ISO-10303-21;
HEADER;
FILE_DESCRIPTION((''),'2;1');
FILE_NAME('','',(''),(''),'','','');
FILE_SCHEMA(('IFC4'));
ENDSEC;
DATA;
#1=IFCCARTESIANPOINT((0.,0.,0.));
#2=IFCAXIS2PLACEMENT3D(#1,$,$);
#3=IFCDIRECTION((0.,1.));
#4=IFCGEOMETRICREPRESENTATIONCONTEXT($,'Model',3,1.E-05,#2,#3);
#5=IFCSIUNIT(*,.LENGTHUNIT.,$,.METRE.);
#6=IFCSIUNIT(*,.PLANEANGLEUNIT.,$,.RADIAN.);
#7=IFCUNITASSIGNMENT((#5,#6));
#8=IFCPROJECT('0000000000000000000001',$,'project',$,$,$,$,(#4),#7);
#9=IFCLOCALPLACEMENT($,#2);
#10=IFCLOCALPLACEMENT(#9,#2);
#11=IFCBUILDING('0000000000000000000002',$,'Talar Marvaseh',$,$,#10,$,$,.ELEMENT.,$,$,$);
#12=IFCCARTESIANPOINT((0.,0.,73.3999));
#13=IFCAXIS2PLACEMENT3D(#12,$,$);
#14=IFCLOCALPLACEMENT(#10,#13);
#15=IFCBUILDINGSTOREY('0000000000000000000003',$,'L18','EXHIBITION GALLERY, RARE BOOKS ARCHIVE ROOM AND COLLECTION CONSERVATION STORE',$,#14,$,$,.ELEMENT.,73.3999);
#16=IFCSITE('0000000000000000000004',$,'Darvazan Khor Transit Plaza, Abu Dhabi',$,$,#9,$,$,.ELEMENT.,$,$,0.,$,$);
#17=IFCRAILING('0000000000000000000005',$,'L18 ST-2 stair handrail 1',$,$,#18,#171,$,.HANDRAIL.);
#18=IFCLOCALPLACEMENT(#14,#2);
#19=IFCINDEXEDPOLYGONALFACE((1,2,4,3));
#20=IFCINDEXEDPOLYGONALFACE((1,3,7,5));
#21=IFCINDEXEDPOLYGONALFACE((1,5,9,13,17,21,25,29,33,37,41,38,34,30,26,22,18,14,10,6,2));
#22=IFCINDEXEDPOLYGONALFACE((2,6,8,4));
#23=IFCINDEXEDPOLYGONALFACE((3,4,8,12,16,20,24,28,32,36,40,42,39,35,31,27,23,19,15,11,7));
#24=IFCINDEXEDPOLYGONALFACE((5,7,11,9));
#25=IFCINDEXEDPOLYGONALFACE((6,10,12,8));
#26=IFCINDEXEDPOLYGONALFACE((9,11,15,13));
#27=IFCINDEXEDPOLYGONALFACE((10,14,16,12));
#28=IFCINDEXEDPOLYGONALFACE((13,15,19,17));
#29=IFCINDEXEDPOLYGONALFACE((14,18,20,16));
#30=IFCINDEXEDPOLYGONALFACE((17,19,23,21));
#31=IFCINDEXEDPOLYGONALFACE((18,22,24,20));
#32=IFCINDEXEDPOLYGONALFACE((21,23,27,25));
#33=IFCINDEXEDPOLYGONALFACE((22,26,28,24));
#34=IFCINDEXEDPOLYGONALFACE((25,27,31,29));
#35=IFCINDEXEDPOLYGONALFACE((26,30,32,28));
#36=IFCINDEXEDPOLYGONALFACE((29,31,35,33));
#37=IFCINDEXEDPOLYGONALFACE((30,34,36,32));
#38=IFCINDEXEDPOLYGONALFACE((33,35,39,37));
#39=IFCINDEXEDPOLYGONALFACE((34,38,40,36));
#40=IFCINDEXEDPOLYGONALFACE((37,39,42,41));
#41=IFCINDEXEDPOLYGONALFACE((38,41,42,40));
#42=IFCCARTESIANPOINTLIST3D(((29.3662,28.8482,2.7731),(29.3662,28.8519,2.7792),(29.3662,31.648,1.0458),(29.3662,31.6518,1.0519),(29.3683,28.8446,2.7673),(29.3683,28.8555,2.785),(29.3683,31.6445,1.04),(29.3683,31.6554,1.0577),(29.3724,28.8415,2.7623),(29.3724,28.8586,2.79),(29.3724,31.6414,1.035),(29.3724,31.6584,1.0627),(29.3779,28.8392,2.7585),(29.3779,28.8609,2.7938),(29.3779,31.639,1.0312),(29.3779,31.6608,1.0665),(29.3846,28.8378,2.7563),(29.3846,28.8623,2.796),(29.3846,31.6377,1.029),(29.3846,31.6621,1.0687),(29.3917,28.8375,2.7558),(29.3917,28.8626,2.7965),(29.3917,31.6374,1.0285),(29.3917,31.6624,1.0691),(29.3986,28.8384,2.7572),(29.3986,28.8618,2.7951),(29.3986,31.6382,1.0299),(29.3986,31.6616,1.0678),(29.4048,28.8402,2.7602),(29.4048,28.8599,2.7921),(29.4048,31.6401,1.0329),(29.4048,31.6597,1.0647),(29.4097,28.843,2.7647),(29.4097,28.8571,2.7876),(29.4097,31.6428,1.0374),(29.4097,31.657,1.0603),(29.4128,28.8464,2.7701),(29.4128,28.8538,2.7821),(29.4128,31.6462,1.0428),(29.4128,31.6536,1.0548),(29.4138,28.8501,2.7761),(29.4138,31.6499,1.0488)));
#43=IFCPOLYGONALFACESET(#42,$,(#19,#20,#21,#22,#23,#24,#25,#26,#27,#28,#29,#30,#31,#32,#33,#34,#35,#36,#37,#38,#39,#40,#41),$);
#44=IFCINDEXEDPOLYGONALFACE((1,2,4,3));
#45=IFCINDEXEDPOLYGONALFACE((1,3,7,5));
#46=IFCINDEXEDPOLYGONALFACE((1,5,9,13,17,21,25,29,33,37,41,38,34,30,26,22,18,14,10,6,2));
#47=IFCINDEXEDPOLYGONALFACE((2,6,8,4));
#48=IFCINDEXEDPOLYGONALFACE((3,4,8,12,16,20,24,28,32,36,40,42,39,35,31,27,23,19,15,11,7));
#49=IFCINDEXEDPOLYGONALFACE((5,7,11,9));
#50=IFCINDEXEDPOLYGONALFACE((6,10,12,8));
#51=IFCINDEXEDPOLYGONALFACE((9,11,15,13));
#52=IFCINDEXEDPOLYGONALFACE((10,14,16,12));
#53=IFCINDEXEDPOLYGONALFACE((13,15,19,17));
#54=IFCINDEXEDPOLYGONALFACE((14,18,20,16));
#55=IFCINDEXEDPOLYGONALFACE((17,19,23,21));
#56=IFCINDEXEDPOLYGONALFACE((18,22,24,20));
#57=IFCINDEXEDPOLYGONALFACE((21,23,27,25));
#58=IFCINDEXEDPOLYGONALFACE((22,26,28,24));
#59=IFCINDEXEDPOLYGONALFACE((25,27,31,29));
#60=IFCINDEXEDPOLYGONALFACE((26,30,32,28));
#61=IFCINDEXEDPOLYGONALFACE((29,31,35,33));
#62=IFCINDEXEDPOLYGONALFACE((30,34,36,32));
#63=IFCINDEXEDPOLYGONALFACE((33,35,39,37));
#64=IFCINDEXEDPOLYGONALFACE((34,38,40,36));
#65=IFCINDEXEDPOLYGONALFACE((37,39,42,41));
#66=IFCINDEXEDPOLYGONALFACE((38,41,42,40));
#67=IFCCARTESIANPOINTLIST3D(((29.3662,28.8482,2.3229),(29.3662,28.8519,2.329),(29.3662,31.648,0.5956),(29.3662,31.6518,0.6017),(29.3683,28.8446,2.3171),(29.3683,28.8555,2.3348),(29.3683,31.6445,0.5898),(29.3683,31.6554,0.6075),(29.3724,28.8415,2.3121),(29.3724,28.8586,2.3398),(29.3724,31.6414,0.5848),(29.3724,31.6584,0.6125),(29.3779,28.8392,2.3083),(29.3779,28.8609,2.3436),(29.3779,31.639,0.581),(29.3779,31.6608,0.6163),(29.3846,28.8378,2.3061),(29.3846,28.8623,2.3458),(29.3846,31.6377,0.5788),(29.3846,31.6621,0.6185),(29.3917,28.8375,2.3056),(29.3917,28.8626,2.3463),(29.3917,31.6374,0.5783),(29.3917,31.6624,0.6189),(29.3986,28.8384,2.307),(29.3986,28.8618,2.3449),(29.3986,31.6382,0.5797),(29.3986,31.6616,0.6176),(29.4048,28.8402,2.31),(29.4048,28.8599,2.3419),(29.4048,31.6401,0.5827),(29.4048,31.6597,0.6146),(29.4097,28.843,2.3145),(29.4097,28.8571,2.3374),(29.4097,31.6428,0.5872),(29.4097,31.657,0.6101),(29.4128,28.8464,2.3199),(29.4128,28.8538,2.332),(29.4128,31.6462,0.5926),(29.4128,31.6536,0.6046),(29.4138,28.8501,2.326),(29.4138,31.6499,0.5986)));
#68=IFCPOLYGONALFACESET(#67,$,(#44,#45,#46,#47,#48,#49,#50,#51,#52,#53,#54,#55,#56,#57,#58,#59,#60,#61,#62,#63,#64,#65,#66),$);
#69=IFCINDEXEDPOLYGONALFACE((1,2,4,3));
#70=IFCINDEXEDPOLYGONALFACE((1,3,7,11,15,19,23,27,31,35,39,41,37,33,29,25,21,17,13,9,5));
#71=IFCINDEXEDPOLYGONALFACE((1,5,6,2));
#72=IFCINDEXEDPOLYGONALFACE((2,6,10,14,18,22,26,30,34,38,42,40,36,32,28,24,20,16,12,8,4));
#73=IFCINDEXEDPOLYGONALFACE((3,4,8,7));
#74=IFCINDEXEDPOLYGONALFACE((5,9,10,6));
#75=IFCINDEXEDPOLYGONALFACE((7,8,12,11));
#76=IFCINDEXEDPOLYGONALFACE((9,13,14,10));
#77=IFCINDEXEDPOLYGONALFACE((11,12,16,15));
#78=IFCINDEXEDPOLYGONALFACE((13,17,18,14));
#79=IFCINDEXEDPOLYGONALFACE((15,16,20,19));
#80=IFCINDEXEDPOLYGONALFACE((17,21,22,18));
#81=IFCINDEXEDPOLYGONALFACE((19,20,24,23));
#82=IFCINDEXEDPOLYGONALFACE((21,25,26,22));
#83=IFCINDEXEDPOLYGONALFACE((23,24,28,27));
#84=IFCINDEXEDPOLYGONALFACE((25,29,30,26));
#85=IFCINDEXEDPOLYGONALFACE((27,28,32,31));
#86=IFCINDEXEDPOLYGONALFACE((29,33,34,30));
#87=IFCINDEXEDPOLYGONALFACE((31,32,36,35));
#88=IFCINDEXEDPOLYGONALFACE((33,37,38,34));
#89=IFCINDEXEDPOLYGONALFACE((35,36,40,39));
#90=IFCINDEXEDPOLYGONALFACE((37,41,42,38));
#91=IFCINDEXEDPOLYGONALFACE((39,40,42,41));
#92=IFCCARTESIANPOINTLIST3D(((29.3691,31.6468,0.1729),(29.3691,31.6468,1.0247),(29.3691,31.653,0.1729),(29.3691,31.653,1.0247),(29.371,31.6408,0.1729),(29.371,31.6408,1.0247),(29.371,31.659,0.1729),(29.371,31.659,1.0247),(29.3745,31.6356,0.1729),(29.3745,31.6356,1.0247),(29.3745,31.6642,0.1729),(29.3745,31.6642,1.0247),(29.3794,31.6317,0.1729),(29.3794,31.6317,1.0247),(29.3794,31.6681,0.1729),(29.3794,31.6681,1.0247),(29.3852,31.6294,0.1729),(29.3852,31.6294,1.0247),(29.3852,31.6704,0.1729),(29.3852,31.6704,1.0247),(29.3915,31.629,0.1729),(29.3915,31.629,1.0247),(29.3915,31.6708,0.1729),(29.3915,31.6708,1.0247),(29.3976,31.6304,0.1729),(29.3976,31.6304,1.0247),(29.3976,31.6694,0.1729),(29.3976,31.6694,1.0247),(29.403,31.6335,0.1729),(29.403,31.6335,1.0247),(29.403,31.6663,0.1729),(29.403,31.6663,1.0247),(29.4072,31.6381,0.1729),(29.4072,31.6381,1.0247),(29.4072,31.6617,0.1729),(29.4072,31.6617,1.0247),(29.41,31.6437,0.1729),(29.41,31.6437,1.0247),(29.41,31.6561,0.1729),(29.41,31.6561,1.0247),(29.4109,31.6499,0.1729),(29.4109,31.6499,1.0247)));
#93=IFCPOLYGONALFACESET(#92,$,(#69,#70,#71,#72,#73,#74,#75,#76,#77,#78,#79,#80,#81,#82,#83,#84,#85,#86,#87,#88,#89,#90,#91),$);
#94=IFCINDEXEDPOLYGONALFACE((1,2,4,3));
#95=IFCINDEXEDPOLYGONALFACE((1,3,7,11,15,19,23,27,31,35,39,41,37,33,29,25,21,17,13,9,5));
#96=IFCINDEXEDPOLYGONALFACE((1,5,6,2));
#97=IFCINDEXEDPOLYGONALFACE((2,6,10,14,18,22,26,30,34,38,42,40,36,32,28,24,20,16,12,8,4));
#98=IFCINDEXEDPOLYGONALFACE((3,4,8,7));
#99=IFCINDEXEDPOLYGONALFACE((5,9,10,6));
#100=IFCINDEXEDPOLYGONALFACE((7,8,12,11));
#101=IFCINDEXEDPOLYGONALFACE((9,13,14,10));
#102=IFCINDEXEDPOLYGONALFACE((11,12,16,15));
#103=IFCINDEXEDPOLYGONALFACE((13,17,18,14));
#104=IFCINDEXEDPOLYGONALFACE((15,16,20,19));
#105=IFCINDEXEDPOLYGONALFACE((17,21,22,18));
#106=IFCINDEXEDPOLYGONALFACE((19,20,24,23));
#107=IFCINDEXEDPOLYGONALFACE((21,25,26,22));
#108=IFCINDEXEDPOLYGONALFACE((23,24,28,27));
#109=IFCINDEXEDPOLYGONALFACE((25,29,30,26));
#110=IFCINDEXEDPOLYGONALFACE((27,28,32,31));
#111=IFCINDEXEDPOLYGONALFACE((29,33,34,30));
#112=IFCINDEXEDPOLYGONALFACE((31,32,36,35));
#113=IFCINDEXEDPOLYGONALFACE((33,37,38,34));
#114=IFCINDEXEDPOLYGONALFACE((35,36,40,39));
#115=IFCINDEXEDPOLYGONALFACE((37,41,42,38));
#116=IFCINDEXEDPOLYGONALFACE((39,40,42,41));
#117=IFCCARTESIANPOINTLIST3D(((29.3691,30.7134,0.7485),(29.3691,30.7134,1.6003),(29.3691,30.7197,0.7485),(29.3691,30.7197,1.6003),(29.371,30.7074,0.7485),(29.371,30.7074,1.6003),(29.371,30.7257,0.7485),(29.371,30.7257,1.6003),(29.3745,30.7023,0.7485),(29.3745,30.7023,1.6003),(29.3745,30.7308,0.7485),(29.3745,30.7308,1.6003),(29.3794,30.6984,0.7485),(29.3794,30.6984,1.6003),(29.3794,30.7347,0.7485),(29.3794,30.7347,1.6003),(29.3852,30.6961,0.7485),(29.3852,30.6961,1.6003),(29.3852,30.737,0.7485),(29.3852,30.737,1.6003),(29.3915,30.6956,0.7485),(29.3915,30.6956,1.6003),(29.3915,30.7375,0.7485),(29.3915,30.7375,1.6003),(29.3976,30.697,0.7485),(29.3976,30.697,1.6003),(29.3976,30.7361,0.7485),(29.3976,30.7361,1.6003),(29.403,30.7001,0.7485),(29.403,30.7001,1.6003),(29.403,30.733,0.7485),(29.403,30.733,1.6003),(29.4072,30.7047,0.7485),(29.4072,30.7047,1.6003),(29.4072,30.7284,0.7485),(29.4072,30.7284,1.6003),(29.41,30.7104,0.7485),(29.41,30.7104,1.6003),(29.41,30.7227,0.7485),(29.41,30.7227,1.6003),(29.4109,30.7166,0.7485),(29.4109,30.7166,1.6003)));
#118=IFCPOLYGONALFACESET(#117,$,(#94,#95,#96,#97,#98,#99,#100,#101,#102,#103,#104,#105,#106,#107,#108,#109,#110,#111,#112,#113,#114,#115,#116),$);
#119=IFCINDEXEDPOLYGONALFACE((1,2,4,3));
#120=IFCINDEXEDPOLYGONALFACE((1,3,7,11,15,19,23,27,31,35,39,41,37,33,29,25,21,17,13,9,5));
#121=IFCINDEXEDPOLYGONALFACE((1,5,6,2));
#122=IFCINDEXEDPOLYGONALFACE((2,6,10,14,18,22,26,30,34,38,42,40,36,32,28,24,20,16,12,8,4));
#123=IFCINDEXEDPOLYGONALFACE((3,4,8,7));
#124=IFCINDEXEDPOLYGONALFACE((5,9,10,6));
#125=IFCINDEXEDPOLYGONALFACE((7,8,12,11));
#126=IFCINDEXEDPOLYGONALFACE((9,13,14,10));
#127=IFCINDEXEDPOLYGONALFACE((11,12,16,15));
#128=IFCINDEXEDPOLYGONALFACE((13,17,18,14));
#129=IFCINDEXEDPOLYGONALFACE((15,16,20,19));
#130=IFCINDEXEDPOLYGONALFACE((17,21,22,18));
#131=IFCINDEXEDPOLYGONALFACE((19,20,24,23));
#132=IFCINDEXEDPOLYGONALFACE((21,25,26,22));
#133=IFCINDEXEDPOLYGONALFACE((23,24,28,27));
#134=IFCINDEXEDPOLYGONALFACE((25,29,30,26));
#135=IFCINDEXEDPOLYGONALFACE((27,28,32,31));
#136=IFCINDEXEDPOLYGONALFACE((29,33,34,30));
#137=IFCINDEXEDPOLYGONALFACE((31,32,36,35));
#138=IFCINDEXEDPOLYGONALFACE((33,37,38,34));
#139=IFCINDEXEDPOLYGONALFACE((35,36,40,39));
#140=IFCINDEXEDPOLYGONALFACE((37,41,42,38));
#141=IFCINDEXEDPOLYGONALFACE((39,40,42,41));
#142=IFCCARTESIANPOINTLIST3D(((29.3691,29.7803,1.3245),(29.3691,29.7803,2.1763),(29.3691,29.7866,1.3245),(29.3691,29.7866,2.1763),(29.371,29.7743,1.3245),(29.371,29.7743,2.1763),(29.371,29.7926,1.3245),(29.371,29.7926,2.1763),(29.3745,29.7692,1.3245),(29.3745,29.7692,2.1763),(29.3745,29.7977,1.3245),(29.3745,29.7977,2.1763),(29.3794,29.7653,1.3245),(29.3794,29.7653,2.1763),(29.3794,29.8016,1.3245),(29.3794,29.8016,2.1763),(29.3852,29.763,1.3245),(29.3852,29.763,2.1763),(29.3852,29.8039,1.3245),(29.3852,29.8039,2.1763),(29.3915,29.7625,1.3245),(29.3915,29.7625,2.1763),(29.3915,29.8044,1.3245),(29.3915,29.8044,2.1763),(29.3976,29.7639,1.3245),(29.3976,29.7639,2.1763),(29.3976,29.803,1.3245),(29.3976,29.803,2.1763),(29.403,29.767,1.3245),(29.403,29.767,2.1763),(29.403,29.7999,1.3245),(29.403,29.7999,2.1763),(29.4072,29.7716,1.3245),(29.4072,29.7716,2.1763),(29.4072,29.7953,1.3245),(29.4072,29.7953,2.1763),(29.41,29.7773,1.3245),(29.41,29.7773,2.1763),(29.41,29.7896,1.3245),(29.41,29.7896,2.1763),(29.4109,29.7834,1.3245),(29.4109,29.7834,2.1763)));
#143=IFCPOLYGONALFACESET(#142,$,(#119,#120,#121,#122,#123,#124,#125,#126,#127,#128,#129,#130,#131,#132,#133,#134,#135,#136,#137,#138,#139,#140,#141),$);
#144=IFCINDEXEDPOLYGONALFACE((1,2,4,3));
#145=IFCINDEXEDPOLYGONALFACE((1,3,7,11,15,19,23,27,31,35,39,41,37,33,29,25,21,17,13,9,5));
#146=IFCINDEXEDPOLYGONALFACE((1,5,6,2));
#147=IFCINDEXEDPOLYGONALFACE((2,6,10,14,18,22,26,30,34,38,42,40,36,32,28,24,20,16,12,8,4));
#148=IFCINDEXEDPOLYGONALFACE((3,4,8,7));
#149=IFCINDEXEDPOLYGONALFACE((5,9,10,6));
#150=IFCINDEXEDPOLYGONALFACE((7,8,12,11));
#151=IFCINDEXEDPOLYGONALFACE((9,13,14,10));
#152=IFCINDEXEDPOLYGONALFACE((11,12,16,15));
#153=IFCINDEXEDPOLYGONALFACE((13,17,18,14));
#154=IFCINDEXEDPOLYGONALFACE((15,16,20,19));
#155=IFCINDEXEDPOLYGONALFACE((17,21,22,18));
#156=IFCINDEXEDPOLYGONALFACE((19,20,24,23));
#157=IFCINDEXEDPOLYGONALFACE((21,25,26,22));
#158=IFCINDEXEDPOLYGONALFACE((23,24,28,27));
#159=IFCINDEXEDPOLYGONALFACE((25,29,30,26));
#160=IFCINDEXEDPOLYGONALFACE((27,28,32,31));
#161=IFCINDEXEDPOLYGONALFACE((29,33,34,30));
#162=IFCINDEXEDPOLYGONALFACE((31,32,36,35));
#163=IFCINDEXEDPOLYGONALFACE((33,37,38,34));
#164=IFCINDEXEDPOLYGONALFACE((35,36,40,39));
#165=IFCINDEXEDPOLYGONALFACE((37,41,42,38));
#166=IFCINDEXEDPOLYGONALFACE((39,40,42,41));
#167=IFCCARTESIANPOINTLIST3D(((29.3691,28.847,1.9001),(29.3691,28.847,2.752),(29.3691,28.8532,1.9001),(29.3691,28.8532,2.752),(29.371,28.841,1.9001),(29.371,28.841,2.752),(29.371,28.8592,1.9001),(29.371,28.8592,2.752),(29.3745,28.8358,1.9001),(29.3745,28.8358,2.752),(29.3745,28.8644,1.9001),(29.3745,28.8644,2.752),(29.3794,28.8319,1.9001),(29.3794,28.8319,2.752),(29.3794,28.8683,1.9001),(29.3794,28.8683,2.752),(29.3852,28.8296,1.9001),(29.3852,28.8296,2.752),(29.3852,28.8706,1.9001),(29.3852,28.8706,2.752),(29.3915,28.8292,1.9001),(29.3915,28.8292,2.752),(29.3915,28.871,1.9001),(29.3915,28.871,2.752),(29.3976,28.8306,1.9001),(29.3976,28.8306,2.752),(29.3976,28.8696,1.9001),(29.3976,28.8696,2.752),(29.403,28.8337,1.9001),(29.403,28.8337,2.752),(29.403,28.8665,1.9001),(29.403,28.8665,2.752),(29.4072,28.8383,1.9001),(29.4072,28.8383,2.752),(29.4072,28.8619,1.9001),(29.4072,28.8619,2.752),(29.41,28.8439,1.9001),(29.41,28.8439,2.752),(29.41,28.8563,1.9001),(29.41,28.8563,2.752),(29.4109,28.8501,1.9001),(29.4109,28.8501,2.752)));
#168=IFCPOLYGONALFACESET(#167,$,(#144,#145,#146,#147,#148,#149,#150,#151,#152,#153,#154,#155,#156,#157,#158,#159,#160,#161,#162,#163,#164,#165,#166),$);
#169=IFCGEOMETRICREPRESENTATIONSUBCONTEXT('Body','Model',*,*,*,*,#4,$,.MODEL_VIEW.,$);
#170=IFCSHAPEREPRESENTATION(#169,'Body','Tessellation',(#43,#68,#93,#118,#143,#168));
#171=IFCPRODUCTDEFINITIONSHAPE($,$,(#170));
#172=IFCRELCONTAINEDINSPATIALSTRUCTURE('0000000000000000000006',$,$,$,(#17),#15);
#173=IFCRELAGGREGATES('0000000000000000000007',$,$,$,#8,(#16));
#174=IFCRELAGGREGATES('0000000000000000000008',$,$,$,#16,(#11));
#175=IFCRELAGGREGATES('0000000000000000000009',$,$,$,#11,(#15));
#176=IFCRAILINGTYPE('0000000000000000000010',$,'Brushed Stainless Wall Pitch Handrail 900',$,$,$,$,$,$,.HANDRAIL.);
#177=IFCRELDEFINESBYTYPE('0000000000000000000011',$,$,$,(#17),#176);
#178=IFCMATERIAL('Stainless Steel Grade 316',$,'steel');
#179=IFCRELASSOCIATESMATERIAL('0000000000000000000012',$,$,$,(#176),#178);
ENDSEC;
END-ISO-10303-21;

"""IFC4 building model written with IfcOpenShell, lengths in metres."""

from ifc_helpers import new_model, si_unit, direction, frame, origin, origin_2d, place, context, subcontext, project, spatial, circle, extrude, material, type_object, element, save


model = new_model("IFC4")

# Units and contexts
model_context = context("Model", 3, precision=1e-05, world=origin(), true_north=direction((0.0, 1.0)))
body_context = subcontext(model_context, "Body", "Model", "MODEL_VIEW")
ifc_project = project(units=[si_unit("LENGTHUNIT", "METRE"), si_unit("PLANEANGLEUNIT", "RADIAN")], contexts=[model_context])

# Site, building, storey
site_placement = place(None, origin())
site = spatial("IfcSite", under=ifc_project, at=site_placement, Name="Darvazan Khor Transit Plaza, Abu Dhabi", CompositionType="ELEMENT", RefElevation=0.0)
building_placement = place(site_placement, origin())
building = spatial("IfcBuilding", under=site, at=building_placement, Name="Talar Marvaseh", CompositionType="ELEMENT")
storey_placement = place(building_placement, frame((0.0, 0.0, 73.3999)))
storey = spatial("IfcBuildingStorey", under=building, at=storey_placement, Name="L18", Description="EXHIBITION GALLERY, RARE BOOKS ARCHIVE ROOM AND COLLECTION CONSERVATION STORE", CompositionType="ELEMENT", Elevation=73.3999)

# Railing
ifc_material_1 = material(Name="Stainless Steel Grade 316", Category="steel")
railing_type_1 = type_object("IfcRailingType", Name="Brushed Stainless Wall Pitch Handrail 900", PredefinedType="HANDRAIL", material=ifc_material_1)
railing_1_placement = place(storey_placement, frame((29.3899, 31.6499, 0.1729)))
element("IfcRailing", 1, at=railing_1_placement, inside=storey, type_object=railing_type_1, Name="L18 ST-2 stair handrail 1", PredefinedType="HANDRAIL", context=body_context, shape_type="SweptSolid", body=[
    extrude(circle(Radius=0.0239, at=origin_2d()), frame((0.0, 0.0, 0.876), z_axis=(0.0, -0.851069, 0.525054), x_axis=(1.0, 0.0, 0.0)), (0.0, 0.0, 1.0), 3.2898),
    extrude(circle(Radius=0.0239, at=origin_2d()), frame((0.0, 0.0, 0.4258), z_axis=(0.0, -0.851069, 0.525054), x_axis=(1.0, 0.0, 0.0)), (0.0, 0.0, 1.0), 3.2898),
    extrude(circle(Radius=0.021, at=origin_2d()), origin(), (0.0, 0.0, 1.0), 0.8518),
    extrude(circle(Radius=0.021, at=origin_2d()), frame((0.0, -0.9333, 0.5757)), (0.0, 0.0, 1.0), 0.8518),
    extrude(circle(Radius=0.021, at=origin_2d()), frame((0.0, -1.8665, 1.1516)), (0.0, 0.0, 1.0), 0.8518),
    extrude(circle(Radius=0.021, at=origin_2d()), frame((0.0, -2.7998, 1.7273)), (0.0, 0.0, 1.0), 0.8518),
])

save(model, "model.ifc")
